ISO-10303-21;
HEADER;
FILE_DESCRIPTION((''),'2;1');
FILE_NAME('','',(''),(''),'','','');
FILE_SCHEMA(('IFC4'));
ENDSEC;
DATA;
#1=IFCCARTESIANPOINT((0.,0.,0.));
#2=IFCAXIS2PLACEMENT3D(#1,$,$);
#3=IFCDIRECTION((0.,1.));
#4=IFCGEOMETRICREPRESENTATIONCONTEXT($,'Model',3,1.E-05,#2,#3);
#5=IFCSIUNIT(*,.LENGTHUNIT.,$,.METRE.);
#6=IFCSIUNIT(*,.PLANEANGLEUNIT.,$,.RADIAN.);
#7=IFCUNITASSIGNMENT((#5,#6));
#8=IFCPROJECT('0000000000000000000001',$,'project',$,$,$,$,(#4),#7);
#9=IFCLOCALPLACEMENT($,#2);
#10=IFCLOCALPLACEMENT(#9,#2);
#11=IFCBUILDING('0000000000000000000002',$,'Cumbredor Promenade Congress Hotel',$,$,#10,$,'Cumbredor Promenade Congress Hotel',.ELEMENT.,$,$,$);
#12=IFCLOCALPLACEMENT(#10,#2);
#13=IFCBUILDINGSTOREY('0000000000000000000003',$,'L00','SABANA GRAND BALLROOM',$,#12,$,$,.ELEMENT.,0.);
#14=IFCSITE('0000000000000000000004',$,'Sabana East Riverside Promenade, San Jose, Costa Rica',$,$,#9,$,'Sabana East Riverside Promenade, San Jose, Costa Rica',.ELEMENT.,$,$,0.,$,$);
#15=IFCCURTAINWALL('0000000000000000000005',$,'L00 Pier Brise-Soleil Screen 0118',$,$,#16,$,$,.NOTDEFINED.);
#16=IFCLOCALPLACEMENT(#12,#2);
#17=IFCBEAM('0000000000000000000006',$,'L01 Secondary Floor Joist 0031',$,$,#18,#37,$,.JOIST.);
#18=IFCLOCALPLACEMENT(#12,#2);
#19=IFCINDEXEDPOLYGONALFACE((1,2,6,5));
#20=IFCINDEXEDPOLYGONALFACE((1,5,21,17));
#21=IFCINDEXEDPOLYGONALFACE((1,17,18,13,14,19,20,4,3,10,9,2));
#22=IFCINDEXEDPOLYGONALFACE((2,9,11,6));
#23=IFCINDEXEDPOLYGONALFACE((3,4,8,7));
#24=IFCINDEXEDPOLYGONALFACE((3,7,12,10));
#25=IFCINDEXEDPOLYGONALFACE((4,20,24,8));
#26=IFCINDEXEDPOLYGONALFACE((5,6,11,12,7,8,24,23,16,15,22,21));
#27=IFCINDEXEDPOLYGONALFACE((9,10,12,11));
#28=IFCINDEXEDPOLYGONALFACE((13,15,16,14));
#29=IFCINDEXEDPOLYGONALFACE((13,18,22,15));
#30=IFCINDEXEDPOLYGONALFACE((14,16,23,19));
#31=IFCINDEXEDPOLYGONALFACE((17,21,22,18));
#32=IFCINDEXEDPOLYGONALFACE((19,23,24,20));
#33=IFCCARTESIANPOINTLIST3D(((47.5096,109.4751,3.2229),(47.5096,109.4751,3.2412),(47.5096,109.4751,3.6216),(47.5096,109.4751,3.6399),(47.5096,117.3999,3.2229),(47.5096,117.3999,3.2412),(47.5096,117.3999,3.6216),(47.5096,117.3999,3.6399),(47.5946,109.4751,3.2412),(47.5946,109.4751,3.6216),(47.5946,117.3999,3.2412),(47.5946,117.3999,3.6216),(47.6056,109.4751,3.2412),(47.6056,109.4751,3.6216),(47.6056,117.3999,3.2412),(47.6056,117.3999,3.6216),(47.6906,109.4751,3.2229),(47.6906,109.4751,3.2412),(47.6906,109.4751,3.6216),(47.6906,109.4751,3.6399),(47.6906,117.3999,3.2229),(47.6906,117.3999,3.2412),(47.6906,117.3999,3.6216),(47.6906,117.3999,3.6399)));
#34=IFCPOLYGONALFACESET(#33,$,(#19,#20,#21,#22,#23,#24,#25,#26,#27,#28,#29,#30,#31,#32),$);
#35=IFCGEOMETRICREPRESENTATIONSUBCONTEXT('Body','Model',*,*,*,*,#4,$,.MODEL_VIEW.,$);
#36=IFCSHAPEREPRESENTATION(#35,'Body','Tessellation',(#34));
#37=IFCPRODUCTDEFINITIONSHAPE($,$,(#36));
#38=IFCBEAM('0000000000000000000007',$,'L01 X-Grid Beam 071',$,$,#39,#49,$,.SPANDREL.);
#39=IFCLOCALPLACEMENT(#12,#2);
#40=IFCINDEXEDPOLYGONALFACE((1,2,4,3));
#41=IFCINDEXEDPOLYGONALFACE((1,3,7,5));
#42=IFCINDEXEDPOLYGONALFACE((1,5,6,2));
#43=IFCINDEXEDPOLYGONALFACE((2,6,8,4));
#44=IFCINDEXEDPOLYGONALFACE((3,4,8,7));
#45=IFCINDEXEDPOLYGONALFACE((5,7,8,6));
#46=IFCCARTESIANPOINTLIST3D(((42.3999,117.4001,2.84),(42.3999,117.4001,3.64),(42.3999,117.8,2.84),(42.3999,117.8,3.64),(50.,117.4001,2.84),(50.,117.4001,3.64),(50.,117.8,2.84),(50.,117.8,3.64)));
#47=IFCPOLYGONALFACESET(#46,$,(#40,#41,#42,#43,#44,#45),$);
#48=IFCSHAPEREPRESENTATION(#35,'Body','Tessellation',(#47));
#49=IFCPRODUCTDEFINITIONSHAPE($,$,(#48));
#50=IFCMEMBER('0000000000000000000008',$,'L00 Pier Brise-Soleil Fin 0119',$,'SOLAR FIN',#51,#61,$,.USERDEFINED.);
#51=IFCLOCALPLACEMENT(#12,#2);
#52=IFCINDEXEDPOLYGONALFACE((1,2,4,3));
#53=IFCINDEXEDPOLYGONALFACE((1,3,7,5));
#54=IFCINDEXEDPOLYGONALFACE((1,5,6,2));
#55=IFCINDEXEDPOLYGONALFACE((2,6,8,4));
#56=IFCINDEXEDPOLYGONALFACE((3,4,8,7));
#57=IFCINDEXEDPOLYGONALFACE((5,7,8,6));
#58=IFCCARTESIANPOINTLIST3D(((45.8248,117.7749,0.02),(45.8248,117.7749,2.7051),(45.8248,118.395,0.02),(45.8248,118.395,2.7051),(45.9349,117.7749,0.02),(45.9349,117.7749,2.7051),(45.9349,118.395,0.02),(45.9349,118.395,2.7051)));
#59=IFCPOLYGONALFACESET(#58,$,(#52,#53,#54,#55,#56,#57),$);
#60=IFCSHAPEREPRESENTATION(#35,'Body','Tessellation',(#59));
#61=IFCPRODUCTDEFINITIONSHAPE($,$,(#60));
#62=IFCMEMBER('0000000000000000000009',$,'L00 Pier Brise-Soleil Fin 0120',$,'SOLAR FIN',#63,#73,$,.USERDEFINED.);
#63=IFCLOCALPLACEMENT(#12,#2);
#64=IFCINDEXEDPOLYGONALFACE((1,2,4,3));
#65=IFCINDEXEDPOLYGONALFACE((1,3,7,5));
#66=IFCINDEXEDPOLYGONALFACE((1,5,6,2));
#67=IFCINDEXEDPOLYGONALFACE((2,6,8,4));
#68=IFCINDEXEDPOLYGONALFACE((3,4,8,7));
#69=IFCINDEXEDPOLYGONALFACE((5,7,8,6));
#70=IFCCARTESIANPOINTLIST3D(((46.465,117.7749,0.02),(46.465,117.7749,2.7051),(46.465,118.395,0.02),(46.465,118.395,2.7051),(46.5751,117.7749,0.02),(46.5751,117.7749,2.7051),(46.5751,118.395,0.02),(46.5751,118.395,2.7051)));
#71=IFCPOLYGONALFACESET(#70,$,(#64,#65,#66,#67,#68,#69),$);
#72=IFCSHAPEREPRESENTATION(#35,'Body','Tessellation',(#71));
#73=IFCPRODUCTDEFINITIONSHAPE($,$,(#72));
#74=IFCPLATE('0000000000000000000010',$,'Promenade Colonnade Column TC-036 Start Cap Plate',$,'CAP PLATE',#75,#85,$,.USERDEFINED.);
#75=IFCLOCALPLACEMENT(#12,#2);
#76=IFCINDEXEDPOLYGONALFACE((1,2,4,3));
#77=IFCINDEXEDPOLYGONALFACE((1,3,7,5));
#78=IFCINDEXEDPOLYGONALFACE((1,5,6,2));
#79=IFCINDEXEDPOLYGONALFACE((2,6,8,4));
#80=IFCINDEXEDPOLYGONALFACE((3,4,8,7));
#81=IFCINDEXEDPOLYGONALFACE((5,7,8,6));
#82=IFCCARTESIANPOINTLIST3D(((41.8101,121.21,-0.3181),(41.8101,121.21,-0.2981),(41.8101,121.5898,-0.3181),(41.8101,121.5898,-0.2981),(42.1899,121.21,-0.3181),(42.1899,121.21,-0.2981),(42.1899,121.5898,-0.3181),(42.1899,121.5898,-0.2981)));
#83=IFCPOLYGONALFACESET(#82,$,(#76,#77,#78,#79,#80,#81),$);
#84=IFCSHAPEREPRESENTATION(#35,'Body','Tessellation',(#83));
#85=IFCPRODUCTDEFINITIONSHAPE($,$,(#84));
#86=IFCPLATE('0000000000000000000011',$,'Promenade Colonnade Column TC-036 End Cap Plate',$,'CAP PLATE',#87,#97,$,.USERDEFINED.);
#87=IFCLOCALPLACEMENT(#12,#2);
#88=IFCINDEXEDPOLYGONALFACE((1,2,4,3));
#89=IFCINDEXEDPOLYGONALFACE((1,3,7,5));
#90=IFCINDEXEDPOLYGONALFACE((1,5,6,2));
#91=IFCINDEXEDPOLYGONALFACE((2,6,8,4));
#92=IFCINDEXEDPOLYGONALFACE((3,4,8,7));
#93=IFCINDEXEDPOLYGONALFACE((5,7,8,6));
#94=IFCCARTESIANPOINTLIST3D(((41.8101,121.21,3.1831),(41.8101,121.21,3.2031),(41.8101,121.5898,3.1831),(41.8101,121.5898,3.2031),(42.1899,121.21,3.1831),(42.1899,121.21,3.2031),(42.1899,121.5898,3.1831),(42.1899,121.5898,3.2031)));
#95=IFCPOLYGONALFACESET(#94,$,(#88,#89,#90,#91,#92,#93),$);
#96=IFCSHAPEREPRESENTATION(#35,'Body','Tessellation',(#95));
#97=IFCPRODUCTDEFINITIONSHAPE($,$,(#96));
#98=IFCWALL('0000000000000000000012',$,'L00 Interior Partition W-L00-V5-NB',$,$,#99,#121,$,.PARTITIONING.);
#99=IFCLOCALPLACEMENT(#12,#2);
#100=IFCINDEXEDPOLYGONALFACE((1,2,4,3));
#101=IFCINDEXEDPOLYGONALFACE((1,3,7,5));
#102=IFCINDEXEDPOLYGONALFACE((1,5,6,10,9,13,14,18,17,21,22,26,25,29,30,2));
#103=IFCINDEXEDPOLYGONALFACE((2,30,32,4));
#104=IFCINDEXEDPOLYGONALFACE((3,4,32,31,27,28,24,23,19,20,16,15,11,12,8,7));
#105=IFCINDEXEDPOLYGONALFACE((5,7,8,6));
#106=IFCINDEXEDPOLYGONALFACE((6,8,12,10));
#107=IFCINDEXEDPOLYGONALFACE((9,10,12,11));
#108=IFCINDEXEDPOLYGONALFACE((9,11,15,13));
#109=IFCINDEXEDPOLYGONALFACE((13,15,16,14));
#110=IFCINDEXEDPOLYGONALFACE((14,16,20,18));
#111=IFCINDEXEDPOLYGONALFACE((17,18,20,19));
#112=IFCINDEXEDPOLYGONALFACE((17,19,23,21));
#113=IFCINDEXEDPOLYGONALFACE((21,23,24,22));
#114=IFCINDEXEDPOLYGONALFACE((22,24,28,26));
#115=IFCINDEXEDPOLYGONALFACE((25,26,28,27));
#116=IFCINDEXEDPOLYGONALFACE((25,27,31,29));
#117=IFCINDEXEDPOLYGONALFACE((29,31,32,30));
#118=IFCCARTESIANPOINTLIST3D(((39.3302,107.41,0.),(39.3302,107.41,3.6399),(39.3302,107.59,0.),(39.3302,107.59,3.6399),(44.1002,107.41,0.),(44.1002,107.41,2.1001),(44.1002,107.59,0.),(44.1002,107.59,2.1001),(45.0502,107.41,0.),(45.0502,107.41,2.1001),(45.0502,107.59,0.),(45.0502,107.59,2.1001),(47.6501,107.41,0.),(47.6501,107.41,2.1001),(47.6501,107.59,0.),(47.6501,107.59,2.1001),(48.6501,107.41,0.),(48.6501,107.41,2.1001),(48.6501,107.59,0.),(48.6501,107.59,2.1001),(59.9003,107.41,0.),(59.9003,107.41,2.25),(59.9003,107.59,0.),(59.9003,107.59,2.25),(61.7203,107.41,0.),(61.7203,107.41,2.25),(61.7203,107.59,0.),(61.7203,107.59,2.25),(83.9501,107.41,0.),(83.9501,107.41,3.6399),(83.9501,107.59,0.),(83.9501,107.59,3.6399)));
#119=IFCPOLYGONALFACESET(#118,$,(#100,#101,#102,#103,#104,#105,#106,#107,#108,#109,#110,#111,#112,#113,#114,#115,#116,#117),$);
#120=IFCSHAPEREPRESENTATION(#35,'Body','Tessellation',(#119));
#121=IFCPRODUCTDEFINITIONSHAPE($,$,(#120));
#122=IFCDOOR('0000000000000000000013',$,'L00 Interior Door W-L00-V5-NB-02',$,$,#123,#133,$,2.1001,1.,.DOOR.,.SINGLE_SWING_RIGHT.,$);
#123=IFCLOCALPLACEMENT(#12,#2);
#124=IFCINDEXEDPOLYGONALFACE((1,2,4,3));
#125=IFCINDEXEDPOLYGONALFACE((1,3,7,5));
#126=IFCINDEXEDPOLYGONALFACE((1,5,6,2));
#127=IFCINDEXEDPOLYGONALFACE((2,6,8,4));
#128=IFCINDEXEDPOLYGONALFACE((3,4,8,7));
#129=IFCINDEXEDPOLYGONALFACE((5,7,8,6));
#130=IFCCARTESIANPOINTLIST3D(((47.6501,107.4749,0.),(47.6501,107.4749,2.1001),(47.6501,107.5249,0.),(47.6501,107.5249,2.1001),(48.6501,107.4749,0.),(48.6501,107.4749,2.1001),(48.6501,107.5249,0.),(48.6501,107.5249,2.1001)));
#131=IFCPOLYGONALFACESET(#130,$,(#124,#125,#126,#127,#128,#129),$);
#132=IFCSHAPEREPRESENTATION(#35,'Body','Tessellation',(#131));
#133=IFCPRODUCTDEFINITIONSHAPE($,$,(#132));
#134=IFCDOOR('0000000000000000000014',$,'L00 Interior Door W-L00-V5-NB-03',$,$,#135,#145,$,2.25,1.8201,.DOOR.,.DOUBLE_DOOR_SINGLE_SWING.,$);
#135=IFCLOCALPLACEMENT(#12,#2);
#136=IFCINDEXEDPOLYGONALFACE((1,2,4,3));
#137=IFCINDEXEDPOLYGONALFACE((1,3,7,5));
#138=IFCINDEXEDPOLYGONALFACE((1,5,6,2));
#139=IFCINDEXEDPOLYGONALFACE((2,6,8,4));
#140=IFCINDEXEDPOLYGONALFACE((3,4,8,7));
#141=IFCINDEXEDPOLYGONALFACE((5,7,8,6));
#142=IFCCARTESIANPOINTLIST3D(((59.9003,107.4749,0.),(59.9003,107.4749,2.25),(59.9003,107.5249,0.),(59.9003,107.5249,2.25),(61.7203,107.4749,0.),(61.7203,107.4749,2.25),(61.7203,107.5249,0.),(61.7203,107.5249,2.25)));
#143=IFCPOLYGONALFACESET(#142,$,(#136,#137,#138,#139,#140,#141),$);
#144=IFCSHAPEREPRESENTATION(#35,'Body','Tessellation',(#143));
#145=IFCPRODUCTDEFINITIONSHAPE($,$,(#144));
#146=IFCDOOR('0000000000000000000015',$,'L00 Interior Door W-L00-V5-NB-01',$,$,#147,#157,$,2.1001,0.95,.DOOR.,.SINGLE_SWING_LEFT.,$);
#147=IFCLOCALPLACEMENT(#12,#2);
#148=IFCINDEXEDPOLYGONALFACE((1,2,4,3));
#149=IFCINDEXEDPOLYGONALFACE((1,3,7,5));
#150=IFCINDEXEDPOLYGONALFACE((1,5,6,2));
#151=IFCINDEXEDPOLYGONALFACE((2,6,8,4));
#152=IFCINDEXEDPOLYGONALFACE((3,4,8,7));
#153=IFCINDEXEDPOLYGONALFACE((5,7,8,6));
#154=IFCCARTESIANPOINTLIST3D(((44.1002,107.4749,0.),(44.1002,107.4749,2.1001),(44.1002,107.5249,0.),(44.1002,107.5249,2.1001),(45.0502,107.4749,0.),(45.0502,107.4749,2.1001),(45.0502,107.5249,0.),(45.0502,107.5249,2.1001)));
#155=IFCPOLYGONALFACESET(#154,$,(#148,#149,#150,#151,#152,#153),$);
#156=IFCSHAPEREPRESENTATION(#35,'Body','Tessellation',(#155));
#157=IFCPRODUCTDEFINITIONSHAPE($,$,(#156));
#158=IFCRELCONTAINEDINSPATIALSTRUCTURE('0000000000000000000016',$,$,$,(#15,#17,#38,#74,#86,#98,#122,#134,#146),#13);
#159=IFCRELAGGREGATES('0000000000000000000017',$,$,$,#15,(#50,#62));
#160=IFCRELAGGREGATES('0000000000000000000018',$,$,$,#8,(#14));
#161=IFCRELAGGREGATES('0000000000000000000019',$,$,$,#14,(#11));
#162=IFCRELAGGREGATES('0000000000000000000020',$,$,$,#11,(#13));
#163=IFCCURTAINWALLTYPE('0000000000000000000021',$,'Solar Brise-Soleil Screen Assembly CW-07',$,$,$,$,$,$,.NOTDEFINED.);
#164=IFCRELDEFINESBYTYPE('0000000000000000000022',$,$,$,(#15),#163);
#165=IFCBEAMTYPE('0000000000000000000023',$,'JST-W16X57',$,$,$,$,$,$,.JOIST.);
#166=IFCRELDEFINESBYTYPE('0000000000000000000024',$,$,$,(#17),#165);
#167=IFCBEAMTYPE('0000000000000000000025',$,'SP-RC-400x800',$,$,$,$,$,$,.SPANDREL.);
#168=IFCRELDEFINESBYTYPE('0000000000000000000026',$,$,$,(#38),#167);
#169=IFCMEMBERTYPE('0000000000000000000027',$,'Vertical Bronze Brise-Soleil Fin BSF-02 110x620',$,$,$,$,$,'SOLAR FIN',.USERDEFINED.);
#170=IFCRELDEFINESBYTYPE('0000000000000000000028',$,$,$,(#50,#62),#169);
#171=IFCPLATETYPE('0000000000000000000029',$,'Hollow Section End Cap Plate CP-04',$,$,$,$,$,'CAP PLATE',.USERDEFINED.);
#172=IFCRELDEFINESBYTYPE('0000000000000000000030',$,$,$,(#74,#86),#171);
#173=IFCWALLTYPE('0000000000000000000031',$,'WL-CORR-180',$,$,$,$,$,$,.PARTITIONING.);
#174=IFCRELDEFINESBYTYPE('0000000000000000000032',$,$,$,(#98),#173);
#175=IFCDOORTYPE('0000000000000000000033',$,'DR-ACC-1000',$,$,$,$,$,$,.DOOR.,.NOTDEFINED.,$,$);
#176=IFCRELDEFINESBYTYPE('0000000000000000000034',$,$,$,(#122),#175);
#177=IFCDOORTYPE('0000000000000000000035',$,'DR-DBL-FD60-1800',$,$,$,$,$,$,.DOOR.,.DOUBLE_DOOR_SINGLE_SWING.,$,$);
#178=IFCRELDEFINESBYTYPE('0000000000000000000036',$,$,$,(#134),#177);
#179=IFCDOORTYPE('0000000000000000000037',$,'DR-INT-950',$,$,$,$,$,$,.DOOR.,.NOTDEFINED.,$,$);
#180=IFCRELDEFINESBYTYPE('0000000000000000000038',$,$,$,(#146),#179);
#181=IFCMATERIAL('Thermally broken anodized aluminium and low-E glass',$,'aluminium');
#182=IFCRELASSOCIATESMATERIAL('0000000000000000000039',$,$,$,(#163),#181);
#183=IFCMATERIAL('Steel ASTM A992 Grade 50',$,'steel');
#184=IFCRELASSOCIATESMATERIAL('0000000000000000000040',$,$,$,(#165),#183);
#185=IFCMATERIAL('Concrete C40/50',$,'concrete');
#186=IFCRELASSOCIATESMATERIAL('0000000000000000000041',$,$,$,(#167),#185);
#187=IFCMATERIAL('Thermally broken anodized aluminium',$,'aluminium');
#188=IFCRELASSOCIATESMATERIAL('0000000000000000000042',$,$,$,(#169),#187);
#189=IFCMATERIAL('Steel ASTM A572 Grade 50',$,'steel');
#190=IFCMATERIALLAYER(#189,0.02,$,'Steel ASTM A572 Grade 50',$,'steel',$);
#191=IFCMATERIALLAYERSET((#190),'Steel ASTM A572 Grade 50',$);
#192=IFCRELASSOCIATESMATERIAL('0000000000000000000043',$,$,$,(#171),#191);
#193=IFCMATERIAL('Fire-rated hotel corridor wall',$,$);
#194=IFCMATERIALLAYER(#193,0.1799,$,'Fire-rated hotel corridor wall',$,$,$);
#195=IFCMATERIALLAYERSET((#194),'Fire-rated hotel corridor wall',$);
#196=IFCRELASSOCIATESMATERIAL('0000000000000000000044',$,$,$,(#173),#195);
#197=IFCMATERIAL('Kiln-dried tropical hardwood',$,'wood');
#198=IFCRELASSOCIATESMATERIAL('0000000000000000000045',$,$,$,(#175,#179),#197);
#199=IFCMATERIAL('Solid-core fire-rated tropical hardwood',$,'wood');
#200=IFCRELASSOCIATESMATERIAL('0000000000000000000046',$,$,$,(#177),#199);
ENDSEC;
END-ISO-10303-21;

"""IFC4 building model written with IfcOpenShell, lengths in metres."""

from ifc_helpers import new_model, si_unit, direction, frame, frame_2d, origin, origin_2d, place, context, subcontext, project, spatial, rectangle, i_section, extrude, material, layer, layer_set, material_profile, profile_set, type_object, element, fill, aggregate, save


model = new_model("IFC4")

# Units and contexts
model_context = context("Model", 3, precision=1e-05, world=origin(), true_north=direction((0.0, 1.0)))
body_context = subcontext(model_context, "Body", "Model", "MODEL_VIEW")
ifc_project = project(units=[si_unit("LENGTHUNIT", "METRE"), si_unit("PLANEANGLEUNIT", "RADIAN")], contexts=[model_context])

# Site, building, storey
site_placement = place(None, origin())
site = spatial("IfcSite", under=ifc_project, at=site_placement, Name="Sabana East Riverside Promenade, San Jose, Costa Rica", LongName="Sabana East Riverside Promenade, San Jose, Costa Rica", CompositionType="ELEMENT", RefElevation=0.0)
building_placement = place(site_placement, origin())
building = spatial("IfcBuilding", under=site, at=building_placement, Name="Cumbredor Promenade Congress Hotel", LongName="Cumbredor Promenade Congress Hotel", CompositionType="ELEMENT")
storey_placement = place(building_placement, origin())
storey = spatial("IfcBuildingStorey", under=building, at=storey_placement, Name="L00", Description="SABANA GRAND BALLROOM", CompositionType="ELEMENT", Elevation=0.0)

# Shared definitions
ifc_material_1 = material(Name="Concrete C40/50", Category="concrete")
ifc_material_2 = material(Name="Steel ASTM A992 Grade 50", Category="steel")

# Curtain wall
ifc_material_3 = material(Name="Thermally broken anodized aluminium and low-E glass", Category="aluminium")
curtain_wall_type = type_object("IfcCurtainWallType", Name="Solar Brise-Soleil Screen Assembly CW-07", PredefinedType="NOTDEFINED", material=ifc_material_3)
curtain_wall_placement = place(storey_placement, origin())
curtain_wall = element("IfcCurtainWall", 1, at=curtain_wall_placement, inside=storey, type_object=curtain_wall_type, Name="L00 Pier Brise-Soleil Screen 0118", PredefinedType="NOTDEFINED")
ifc_material_4 = material(Name="Thermally broken anodized aluminium", Category="aluminium")

# Beams
ifc_material_profile_1 = material_profile(ifc_material_2, i_section(OverallWidth=0.1809, OverallDepth=0.417, WebThickness=0.011, FlangeThickness=0.0183, at=origin_2d()), Name="W16X57")
ifc_profile_set_1 = profile_set([ifc_material_profile_1], Name="Steel ASTM A992 Grade 50")
beam_type_1 = type_object("IfcBeamType", Name="JST-W16X57", PredefinedType="JOIST", material=ifc_profile_set_1)
for number, where, z_axis, x_axis, name in (
    (2, (47.6001, 109.4751, 3.4314), (0.0, 1.0, 0.0), (-1.0, 0.0, 0.0), "L01 Secondary Floor Joist 0031"),
):
    element("IfcBeam", number, at=place(storey_placement, frame(where, z_axis=z_axis, x_axis=x_axis)), inside=storey, type_object=beam_type_1, Name=name, PredefinedType="JOIST", context=body_context, shape_type="SweptSolid", body=[
        extrude(i_section(OverallWidth=0.1809, OverallDepth=0.417, WebThickness=0.011, FlangeThickness=0.0183, at=origin_2d()), origin(), (0.0, 0.0, 1.0), 7.9248),
    ])
ifc_material_profile_2 = material_profile(ifc_material_1, rectangle(XDim=0.3999, YDim=0.8, at=origin_2d()), Name="RC SPANDREL 400x800")
ifc_profile_set_2 = profile_set([ifc_material_profile_2], Name="Concrete C40/50")
beam_type_2 = type_object("IfcBeamType", Name="SP-RC-400x800", PredefinedType="SPANDREL", material=ifc_profile_set_2)
beam_1_placement = place(storey_placement, frame((42.3999, 117.6001, 3.24), z_axis=(1.0, 0.0, 0.0), x_axis=(0.0, 1.0, 0.0)))
element("IfcBeam", 3, at=beam_1_placement, inside=storey, type_object=beam_type_2, Name="L01 X-Grid Beam 071", PredefinedType="SPANDREL", context=body_context, shape_type="SweptSolid", body=[
    extrude(rectangle(XDim=0.3999, YDim=0.8, at=origin_2d()), origin(), (0.0, 0.0, 1.0), 7.6001),
])

# Members
ifc_material_profile_3 = material_profile(ifc_material_4, rectangle(XDim=0.1101, YDim=0.6201, at=origin_2d()), Name="ARCH FIN 110x620")
ifc_profile_set_3 = profile_set([ifc_material_profile_3], Name="Thermally broken anodized aluminium")
member_type_1 = type_object("IfcMemberType", Name="Vertical Bronze Brise-Soleil Fin BSF-02 110x620", ElementType="SOLAR FIN", PredefinedType="USERDEFINED", material=ifc_profile_set_3)
member_1_placement = place(storey_placement, frame((45.8799, 118.085, 0.02), z_axis=(0.0, 0.0, 1.0), x_axis=(1.0, 0.0, 0.0)))
member_1 = element("IfcMember", 4, at=member_1_placement, type_object=member_type_1, Name="L00 Pier Brise-Soleil Fin 0119", ObjectType="SOLAR FIN", PredefinedType="USERDEFINED", context=body_context, shape_type="SweptSolid", body=[
    extrude(rectangle(XDim=0.1101, YDim=0.6201, at=origin_2d()), origin(), (0.0, 0.0, 1.0), 2.6851),
])
member_2_placement = place(storey_placement, frame((46.52, 118.085, 0.02), z_axis=(0.0, 0.0, 1.0), x_axis=(1.0, 0.0, 0.0)))
member_2 = element("IfcMember", 5, at=member_2_placement, type_object=member_type_1, Name="L00 Pier Brise-Soleil Fin 0120", ObjectType="SOLAR FIN", PredefinedType="USERDEFINED", context=body_context, shape_type="SweptSolid", body=[
    extrude(rectangle(XDim=0.1101, YDim=0.6201, at=origin_2d()), origin(), (0.0, 0.0, 1.0), 2.6851),
])
aggregate(curtain_wall, [member_1, member_2])

# Plates
ifc_material_5 = material(Name="Steel ASTM A572 Grade 50", Category="steel")
ifc_layer_1 = layer(ifc_material_5, 0.02, Name="Steel ASTM A572 Grade 50", Category="steel")
ifc_layer_set_1 = layer_set([ifc_layer_1], Name="Steel ASTM A572 Grade 50")
plate_type = type_object("IfcPlateType", Name="Hollow Section End Cap Plate CP-04", ElementType="CAP PLATE", PredefinedType="USERDEFINED", material=ifc_layer_set_1)
for number, where, z_axis, x_axis, name in (
    (6, (42.0, 121.3999, -0.3181), (0.0, 0.0, 1.0), (1.0, 0.0, 0.0), "Promenade Colonnade Column TC-036 Start Cap Plate"),
    (7, (42.0, 121.3999, 3.1831), (0.0, 0.0, 1.0), (1.0, 0.0, 0.0), "Promenade Colonnade Column TC-036 End Cap Plate"),
):
    element("IfcPlate", number, at=place(storey_placement, frame(where, z_axis=z_axis, x_axis=x_axis)), inside=storey, type_object=plate_type, Name=name, ObjectType="CAP PLATE", PredefinedType="USERDEFINED", context=body_context, shape_type="SweptSolid", body=[
        extrude(rectangle(XDim=0.3799, YDim=0.3799, at=origin_2d()), origin(), (0.0, 0.0, 1.0), 0.02),
    ])

# Wall, openings, doors
ifc_material_6 = material(Name="Fire-rated hotel corridor wall")
ifc_layer_2 = layer(ifc_material_6, 0.1799, Name="Fire-rated hotel corridor wall")
ifc_layer_set_2 = layer_set([ifc_layer_2], Name="Fire-rated hotel corridor wall")
wall_type_1 = type_object("IfcWallType", Name="WL-CORR-180", PredefinedType="PARTITIONING", material=ifc_layer_set_2)
wall_1_placement = place(storey_placement, frame((39.3301, 107.5, 0.0), z_axis=(0.0, 0.0, 1.0), x_axis=(1.0, 0.0, 0.0)))
wall_1 = element("IfcWall", 8, at=wall_1_placement, inside=storey, type_object=wall_type_1, Name="L00 Interior Partition W-L00-V5-NB", PredefinedType="PARTITIONING", context=body_context, shape_type="SweptSolid", body=[
    extrude(rectangle(XDim=44.6199, YDim=0.1799, at=frame_2d((22.3101, 0.0))), origin(), (0.0, 0.0, 1.0), 3.6399),
])
opening_1_placement = place(wall_1_placement, frame((4.77, 0.0, 0.0)))
opening_1 = element("IfcOpeningElement", 9, at=opening_1_placement, cuts=wall_1, PredefinedType="OPENING", context=body_context, shape_type="SweptSolid", body=[
    extrude(rectangle(XDim=0.95, YDim=2.1001, at=frame_2d((0.4751, 1.05))), frame((0.0, 0.1001, 0.0), z_axis=(0.0, -1.0, 0.0), x_axis=(1.0, 0.0, 0.0)), (0.0, 0.0, 1.0), 0.2),
])
opening_2_placement = place(wall_1_placement, frame((8.3201, 0.0, 0.0)))
opening_2 = element("IfcOpeningElement", 10, at=opening_2_placement, cuts=wall_1, PredefinedType="OPENING", context=body_context, shape_type="SweptSolid", body=[
    extrude(rectangle(XDim=1.0, YDim=2.1001, at=frame_2d((0.5, 1.05))), frame((0.0, 0.1001, 0.0), z_axis=(0.0, -1.0, 0.0), x_axis=(1.0, 0.0, 0.0)), (0.0, 0.0, 1.0), 0.2),
])
opening_3_placement = place(wall_1_placement, frame((20.5701, 0.0, 0.0)))
opening_3 = element("IfcOpeningElement", 11, at=opening_3_placement, cuts=wall_1, PredefinedType="OPENING", context=body_context, shape_type="SweptSolid", body=[
    extrude(rectangle(XDim=1.8201, YDim=2.25, at=frame_2d((0.9102, 1.125))), frame((0.0, 0.1001, 0.0), z_axis=(0.0, -1.0, 0.0), x_axis=(1.0, 0.0, 0.0)), (0.0, 0.0, 1.0), 0.2),
])
ifc_material_7 = material(Name="Kiln-dried tropical hardwood", Category="wood")
door_type_1 = type_object("IfcDoorType", Name="DR-ACC-1000", OperationType="NOTDEFINED", PredefinedType="DOOR", material=ifc_material_7)
door_1_placement = place(opening_2_placement, origin())
door_1 = element("IfcDoor", 12, at=door_1_placement, inside=storey, type_object=door_type_1, Name="L00 Interior Door W-L00-V5-NB-02", OperationType="SINGLE_SWING_RIGHT", OverallHeight=2.1001, OverallWidth=1.0, PredefinedType="DOOR", context=body_context, shape_type="SweptSolid", body=[
    extrude(rectangle(XDim=1.0, YDim=2.1001, at=frame_2d((0.5, 1.05))), frame((0.0, 0.0249, 0.0), z_axis=(0.0, -1.0, 0.0), x_axis=(1.0, 0.0, 0.0)), (0.0, 0.0, 1.0), 0.05),
])
fill(opening_2, door_1)
ifc_material_8 = material(Name="Solid-core fire-rated tropical hardwood", Category="wood")
door_type_2 = type_object("IfcDoorType", Name="DR-DBL-FD60-1800", OperationType="DOUBLE_DOOR_SINGLE_SWING", PredefinedType="DOOR", material=ifc_material_8)
door_2_placement = place(opening_3_placement, origin())
door_2 = element("IfcDoor", 13, at=door_2_placement, inside=storey, type_object=door_type_2, Name="L00 Interior Door W-L00-V5-NB-03", OperationType="DOUBLE_DOOR_SINGLE_SWING", OverallHeight=2.25, OverallWidth=1.8201, PredefinedType="DOOR", context=body_context, shape_type="SweptSolid", body=[
    extrude(rectangle(XDim=1.8201, YDim=2.25, at=frame_2d((0.9102, 1.125))), frame((0.0, 0.0249, 0.0), z_axis=(0.0, -1.0, 0.0), x_axis=(1.0, 0.0, 0.0)), (0.0, 0.0, 1.0), 0.05),
])
fill(opening_3, door_2)
door_type_3 = type_object("IfcDoorType", Name="DR-INT-950", OperationType="NOTDEFINED", PredefinedType="DOOR", material=ifc_material_7)
door_3_placement = place(opening_1_placement, origin())
door_3 = element("IfcDoor", 14, at=door_3_placement, inside=storey, type_object=door_type_3, Name="L00 Interior Door W-L00-V5-NB-01", OperationType="SINGLE_SWING_LEFT", OverallHeight=2.1001, OverallWidth=0.95, PredefinedType="DOOR", context=body_context, shape_type="SweptSolid", body=[
    extrude(rectangle(XDim=0.95, YDim=2.1001, at=frame_2d((0.4751, 1.05))), frame((0.0, 0.0249, 0.0), z_axis=(0.0, -1.0, 0.0), x_axis=(1.0, 0.0, 0.0)), (0.0, 0.0, 1.0), 0.05),
])
fill(opening_1, door_3)

save(model, "model.ifc")
